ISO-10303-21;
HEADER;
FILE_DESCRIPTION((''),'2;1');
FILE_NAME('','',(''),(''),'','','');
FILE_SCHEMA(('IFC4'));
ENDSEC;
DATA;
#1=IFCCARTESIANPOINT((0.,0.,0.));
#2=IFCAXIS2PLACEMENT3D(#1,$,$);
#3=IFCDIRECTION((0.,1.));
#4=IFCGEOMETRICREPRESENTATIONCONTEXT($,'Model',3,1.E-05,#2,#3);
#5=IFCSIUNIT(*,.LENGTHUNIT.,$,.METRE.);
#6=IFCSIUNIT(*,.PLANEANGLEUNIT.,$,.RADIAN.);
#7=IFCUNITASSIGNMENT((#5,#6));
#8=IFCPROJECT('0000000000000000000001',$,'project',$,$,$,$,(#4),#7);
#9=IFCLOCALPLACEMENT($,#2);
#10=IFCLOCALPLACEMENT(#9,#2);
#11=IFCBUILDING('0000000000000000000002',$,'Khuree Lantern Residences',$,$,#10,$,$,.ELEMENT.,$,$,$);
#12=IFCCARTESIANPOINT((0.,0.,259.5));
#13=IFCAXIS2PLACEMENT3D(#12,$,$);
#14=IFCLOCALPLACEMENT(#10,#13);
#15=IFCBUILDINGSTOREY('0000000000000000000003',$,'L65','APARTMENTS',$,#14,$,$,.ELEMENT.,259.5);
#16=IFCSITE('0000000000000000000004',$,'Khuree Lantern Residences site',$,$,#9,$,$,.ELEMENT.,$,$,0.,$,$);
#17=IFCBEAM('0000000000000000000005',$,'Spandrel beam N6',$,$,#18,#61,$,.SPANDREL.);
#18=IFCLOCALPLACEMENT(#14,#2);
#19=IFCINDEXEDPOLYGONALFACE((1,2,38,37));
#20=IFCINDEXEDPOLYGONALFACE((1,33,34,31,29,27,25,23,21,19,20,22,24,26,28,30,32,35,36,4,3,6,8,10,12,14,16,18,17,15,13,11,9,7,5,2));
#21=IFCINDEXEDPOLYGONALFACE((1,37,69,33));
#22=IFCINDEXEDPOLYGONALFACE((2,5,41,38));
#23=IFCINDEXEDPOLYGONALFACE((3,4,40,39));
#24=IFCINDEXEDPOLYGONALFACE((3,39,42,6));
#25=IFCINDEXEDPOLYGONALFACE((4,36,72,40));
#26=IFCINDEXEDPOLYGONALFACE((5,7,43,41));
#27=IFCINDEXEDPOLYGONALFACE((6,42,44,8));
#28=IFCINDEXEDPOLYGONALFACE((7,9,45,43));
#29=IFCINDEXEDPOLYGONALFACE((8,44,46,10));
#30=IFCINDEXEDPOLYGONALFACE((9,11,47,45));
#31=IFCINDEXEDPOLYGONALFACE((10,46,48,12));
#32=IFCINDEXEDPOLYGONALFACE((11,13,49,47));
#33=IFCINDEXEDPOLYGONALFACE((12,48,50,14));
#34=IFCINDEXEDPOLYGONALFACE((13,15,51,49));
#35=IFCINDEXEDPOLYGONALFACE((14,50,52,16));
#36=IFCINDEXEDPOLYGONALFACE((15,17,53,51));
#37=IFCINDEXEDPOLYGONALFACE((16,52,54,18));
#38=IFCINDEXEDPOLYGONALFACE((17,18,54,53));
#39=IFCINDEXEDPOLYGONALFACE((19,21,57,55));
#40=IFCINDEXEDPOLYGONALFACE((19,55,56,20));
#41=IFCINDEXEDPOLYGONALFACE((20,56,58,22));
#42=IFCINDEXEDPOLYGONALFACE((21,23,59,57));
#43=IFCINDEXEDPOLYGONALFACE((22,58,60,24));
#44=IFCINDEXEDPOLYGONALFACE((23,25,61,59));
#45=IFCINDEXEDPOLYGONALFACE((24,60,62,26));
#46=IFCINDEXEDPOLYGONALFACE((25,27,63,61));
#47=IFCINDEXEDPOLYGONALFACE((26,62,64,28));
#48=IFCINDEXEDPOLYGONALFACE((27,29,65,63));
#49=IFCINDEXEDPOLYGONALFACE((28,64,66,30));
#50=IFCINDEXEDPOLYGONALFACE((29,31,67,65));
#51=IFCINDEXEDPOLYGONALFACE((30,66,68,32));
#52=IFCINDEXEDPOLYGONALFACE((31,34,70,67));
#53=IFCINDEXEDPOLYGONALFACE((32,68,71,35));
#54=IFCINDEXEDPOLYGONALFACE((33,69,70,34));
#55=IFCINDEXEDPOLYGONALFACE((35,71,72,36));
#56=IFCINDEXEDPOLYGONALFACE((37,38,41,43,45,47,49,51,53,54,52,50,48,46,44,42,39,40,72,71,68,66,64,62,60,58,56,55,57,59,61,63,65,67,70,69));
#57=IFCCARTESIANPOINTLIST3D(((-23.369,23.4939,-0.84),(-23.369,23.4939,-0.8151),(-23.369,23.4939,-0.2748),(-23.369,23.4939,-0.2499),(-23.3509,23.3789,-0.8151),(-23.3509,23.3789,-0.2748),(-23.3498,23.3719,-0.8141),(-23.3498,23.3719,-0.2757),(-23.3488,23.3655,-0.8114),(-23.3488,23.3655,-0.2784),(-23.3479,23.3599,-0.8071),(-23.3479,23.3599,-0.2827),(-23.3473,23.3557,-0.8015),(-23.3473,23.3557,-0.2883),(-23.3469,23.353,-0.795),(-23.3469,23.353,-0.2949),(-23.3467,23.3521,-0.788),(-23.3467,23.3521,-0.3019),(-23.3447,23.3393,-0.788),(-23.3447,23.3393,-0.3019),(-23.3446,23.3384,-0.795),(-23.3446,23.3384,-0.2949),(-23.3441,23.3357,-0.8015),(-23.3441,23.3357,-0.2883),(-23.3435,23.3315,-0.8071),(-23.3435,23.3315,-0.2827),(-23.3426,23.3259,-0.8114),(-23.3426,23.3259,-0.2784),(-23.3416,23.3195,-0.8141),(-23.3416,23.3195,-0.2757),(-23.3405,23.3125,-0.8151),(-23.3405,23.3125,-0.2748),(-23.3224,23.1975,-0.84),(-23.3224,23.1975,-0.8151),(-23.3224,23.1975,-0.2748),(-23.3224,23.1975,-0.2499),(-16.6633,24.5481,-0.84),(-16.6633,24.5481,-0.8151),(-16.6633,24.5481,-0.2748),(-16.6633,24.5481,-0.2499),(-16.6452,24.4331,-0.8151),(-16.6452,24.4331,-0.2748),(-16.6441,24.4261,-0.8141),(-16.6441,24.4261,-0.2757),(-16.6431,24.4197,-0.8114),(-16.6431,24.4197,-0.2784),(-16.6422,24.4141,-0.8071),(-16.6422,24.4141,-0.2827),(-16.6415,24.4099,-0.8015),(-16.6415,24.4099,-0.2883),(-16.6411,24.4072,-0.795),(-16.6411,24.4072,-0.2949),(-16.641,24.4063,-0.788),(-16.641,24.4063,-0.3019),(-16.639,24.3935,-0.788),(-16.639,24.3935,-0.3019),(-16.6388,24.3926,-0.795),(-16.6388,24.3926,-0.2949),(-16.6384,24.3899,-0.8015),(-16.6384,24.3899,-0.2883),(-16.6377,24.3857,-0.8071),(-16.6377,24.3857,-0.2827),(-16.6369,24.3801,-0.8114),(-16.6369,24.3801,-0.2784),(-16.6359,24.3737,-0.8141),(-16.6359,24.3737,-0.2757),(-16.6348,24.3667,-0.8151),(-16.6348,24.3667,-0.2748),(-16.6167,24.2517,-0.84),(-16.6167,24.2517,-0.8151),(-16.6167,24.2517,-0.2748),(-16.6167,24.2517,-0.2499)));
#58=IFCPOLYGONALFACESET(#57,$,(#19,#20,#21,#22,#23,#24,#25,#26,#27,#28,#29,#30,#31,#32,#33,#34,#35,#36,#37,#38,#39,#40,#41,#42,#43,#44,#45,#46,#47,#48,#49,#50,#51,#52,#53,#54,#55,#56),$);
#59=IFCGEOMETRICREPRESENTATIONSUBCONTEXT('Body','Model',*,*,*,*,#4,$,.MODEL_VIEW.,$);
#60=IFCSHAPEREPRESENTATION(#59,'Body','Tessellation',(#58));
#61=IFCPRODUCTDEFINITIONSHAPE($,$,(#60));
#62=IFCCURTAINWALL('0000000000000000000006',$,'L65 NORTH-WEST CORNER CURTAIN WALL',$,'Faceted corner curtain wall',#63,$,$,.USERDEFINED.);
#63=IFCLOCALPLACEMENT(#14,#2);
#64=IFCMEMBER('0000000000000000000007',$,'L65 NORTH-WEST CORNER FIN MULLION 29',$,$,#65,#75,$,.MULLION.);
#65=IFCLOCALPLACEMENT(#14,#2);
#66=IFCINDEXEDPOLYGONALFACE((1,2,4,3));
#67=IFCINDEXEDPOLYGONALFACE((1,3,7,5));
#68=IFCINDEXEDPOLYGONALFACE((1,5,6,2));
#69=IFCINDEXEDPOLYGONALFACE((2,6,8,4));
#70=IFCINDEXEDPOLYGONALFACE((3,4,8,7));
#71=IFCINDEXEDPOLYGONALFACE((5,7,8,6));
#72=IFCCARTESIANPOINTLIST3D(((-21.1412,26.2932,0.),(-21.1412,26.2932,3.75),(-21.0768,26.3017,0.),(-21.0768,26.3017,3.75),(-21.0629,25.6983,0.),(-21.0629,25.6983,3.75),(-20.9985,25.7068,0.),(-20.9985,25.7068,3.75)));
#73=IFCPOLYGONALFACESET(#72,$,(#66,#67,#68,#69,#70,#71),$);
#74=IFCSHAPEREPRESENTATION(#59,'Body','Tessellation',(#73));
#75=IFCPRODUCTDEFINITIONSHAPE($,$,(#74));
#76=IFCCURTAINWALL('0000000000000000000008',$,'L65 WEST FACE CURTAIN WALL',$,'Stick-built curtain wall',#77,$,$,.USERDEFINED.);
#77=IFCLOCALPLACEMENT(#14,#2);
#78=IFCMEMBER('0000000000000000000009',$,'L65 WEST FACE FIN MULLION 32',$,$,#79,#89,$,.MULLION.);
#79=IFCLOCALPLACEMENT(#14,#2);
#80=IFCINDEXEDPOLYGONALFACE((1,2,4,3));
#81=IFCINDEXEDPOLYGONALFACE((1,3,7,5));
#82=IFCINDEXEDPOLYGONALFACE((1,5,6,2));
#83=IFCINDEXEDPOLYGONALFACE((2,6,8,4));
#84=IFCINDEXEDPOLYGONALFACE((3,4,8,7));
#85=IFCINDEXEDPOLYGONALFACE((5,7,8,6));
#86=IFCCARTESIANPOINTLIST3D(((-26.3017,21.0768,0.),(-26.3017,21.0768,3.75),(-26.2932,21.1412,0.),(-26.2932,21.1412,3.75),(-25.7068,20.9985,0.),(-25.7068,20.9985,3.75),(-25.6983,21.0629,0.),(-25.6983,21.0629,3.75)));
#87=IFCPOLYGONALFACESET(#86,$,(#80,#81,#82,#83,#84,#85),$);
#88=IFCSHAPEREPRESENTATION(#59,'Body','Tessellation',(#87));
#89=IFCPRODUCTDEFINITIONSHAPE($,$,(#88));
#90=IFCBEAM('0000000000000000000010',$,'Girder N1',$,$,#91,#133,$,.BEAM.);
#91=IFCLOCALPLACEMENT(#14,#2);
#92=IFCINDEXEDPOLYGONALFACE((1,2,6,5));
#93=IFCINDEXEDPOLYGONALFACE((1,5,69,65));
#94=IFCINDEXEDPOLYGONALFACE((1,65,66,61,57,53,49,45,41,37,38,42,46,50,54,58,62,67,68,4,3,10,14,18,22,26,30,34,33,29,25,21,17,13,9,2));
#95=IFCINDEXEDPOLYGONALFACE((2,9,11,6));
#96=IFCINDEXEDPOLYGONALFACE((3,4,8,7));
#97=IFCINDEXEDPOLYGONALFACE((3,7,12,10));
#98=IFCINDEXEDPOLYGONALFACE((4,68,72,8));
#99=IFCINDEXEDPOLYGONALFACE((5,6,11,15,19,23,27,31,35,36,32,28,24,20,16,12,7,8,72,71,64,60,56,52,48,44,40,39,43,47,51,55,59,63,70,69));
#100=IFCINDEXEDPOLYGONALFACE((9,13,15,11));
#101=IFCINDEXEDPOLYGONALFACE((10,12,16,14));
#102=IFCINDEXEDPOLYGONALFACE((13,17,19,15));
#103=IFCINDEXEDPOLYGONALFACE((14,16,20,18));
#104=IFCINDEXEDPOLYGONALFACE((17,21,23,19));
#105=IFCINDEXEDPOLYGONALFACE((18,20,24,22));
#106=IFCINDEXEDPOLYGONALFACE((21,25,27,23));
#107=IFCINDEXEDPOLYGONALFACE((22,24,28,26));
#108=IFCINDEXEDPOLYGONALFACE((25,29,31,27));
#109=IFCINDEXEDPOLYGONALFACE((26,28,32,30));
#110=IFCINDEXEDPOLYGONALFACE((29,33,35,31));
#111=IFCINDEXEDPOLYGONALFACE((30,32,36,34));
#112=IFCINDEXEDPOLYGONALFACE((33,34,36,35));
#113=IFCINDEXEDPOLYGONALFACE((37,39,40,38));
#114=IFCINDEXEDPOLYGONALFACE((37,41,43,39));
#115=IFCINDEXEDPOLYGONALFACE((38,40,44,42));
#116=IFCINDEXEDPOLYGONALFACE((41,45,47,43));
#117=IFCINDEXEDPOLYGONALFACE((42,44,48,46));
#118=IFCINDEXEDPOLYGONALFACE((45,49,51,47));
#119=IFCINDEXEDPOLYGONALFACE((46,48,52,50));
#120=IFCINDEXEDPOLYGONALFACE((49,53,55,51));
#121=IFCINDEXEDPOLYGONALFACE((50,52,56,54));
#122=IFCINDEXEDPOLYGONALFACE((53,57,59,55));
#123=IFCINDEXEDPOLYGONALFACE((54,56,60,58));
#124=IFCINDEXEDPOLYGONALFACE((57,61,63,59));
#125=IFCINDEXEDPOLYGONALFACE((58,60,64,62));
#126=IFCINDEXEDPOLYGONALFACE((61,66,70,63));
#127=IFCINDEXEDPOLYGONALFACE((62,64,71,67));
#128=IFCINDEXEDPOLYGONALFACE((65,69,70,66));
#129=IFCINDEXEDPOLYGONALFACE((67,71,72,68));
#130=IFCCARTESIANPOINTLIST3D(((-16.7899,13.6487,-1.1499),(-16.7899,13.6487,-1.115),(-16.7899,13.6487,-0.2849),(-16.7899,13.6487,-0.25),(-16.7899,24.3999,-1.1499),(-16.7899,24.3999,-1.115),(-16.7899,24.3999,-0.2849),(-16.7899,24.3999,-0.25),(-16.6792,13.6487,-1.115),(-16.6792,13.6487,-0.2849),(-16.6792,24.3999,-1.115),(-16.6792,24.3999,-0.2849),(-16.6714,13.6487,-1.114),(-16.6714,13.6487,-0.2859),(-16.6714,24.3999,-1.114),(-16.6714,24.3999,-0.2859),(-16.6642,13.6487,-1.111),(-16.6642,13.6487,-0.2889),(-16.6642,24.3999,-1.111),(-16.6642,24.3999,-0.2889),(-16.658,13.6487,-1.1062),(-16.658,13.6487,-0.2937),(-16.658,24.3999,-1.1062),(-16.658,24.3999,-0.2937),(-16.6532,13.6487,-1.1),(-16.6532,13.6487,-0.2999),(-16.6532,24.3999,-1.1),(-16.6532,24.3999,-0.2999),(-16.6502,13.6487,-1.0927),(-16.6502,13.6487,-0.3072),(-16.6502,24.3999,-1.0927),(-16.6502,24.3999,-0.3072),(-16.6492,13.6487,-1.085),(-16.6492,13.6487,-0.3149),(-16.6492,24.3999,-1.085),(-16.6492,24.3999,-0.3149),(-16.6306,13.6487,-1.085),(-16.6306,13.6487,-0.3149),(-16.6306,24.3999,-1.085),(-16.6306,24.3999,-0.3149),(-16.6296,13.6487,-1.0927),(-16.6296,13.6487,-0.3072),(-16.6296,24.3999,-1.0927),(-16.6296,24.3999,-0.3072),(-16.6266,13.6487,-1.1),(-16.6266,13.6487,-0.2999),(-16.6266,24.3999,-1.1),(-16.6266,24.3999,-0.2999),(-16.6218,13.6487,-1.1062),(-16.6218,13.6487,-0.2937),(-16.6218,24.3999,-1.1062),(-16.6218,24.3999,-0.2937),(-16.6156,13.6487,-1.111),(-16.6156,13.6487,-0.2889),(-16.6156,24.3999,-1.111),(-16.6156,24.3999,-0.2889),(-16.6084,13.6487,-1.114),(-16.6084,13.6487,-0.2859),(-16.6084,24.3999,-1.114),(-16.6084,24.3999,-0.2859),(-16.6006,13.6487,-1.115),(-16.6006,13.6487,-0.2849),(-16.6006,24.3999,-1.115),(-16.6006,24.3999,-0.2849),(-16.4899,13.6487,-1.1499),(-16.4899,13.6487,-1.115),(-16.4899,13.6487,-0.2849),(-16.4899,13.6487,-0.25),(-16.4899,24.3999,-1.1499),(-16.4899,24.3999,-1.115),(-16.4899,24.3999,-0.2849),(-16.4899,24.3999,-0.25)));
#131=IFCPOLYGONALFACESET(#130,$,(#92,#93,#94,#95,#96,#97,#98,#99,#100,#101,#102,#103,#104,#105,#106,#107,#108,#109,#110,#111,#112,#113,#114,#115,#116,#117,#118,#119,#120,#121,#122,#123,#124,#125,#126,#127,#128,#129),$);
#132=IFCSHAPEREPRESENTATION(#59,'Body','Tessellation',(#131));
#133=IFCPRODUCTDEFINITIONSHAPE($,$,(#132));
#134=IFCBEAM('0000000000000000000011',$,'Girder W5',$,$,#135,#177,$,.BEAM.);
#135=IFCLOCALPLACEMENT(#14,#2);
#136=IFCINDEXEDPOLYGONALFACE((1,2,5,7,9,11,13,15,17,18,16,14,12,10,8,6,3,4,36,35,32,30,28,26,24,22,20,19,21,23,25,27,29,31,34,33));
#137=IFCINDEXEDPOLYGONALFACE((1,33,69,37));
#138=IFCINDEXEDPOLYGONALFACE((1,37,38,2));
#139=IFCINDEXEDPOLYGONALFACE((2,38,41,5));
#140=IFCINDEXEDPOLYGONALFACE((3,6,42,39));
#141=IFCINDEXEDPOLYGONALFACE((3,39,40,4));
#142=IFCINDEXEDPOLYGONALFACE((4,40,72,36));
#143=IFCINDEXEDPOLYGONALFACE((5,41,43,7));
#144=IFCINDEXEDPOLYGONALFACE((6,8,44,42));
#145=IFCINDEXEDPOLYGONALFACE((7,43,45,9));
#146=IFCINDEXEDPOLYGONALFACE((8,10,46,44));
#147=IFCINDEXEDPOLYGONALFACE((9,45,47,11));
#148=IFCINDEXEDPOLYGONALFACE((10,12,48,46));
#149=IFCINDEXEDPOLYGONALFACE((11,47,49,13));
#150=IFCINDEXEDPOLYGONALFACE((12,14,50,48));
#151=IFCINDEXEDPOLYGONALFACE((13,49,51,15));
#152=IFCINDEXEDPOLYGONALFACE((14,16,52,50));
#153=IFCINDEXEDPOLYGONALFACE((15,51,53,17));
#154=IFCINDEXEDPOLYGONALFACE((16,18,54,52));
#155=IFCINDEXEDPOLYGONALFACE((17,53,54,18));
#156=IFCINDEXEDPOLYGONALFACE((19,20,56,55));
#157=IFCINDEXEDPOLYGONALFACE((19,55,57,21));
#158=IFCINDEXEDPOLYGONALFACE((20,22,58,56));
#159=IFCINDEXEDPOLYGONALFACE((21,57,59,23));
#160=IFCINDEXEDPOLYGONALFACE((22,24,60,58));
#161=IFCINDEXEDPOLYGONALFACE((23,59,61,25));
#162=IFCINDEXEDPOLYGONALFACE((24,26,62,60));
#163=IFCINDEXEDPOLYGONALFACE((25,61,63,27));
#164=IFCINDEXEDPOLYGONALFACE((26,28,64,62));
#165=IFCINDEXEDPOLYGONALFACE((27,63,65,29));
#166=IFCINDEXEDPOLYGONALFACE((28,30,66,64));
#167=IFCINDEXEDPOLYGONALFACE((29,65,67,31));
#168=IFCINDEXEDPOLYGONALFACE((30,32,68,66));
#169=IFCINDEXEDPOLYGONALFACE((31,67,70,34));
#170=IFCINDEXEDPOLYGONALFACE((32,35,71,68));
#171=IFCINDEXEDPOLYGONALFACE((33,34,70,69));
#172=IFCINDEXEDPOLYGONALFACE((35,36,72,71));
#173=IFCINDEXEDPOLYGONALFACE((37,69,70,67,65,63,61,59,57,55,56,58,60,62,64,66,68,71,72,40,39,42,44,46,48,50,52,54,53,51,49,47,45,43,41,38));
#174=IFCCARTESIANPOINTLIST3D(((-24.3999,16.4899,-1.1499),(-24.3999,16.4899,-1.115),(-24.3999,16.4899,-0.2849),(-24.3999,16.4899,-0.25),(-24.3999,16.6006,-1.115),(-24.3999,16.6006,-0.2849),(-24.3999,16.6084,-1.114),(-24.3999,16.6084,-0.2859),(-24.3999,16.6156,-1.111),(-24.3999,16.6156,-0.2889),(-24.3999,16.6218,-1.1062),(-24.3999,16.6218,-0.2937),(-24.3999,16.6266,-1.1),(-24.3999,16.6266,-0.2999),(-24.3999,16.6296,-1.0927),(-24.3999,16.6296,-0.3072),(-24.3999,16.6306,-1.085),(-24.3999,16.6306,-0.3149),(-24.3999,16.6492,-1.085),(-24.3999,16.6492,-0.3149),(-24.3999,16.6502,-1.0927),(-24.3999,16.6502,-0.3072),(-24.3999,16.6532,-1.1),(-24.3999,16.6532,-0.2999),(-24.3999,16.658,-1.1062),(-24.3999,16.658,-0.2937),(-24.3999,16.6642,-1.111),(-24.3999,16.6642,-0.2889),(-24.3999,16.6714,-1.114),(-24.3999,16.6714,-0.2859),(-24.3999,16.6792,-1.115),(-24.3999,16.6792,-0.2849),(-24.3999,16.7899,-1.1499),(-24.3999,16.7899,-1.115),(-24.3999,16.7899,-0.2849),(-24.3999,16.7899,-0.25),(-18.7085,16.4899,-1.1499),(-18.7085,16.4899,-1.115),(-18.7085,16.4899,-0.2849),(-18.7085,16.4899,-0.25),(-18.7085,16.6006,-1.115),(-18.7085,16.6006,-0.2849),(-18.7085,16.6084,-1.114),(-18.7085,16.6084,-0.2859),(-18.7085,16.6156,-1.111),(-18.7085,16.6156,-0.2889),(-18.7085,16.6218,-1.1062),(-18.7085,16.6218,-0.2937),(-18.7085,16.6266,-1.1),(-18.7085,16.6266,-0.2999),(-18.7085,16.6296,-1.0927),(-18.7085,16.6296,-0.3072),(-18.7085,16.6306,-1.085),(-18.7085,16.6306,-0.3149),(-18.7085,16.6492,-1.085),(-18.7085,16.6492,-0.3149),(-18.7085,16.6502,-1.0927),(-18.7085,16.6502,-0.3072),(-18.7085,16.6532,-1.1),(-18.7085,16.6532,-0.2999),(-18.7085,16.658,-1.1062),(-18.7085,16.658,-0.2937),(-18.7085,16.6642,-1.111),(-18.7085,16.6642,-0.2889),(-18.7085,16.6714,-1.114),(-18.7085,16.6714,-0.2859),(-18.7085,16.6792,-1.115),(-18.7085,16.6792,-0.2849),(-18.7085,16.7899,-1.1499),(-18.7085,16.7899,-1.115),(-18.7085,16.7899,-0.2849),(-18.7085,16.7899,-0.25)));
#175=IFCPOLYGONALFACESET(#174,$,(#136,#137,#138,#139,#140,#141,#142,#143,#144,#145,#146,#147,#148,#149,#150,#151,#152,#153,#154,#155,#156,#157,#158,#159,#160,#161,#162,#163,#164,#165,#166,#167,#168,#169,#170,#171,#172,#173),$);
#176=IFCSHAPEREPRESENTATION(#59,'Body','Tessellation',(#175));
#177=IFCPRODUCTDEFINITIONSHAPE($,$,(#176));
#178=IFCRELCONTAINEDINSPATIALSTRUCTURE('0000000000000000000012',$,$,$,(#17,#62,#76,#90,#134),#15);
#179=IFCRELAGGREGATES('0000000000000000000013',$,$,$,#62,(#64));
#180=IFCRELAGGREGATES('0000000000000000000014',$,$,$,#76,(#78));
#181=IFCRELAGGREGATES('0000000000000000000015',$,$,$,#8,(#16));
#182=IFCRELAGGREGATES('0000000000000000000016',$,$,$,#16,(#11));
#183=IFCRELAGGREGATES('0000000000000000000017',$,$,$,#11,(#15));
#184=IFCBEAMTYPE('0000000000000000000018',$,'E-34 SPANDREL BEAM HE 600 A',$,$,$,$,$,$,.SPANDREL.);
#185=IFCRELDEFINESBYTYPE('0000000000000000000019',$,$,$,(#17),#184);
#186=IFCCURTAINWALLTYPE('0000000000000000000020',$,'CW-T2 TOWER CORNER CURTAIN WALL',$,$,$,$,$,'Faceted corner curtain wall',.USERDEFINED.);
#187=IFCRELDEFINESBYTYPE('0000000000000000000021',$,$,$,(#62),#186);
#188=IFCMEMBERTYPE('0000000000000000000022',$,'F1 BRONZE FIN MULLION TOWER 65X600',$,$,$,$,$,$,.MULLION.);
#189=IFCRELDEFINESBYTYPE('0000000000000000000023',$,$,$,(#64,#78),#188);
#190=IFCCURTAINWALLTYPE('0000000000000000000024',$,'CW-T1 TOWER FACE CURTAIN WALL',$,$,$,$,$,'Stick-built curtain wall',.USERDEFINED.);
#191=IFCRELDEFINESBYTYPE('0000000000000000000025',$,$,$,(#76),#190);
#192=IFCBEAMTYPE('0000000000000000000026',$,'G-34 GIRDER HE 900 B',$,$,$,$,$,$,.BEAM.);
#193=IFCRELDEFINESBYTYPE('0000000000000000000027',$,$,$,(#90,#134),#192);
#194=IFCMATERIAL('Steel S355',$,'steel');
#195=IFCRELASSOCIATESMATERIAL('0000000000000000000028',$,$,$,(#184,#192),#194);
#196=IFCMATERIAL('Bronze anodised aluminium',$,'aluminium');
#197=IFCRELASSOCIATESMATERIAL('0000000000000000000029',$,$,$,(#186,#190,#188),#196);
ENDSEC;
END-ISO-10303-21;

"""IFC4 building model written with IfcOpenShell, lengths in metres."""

from ifc_helpers import new_model, si_unit, direction, frame, origin, origin_2d, place, context, subcontext, project, spatial, rectangle, i_section, extrude, material, material_profile, profile_set, type_object, element, aggregate, save


model = new_model("IFC4")

# Units and contexts
model_context = context("Model", 3, precision=1e-05, world=origin(), true_north=direction((0.0, 1.0)))
body_context = subcontext(model_context, "Body", "Model", "MODEL_VIEW")
ifc_project = project(units=[si_unit("LENGTHUNIT", "METRE"), si_unit("PLANEANGLEUNIT", "RADIAN")], contexts=[model_context])

# Site, building, storey
site_placement = place(None, origin())
site = spatial("IfcSite", under=ifc_project, at=site_placement, Name="Khuree Lantern Residences site", CompositionType="ELEMENT", RefElevation=0.0)
building_placement = place(site_placement, origin())
building = spatial("IfcBuilding", under=site, at=building_placement, Name="Khuree Lantern Residences", CompositionType="ELEMENT")
storey_placement = place(building_placement, frame((0.0, 0.0, 259.5)))
storey = spatial("IfcBuildingStorey", under=building, at=storey_placement, Name="L65", Description="APARTMENTS", CompositionType="ELEMENT", Elevation=259.5)

# Beam
ifc_material_1 = material(Name="Steel S355", Category="steel")
ifc_material_profile_1 = material_profile(ifc_material_1, i_section(OverallWidth=0.3, OverallDepth=0.5901, WebThickness=0.0129, FlangeThickness=0.0249, FilletRadius=0.0271, at=origin_2d()), Name="HE 600 A")
ifc_profile_set_1 = profile_set([ifc_material_profile_1], Name="Steel S355")
beam_type_1 = type_object("IfcBeamType", Name="E-34 SPANDREL BEAM HE 600 A", PredefinedType="SPANDREL", material=ifc_profile_set_1)
for number, where, z_axis, x_axis, name in (
    (1, (-23.3457, 23.3457, -0.5449), (0.987867, 0.1553, 0.0), (-0.1553, 0.987867, 0.0), "Spandrel beam N6"),
):
    element("IfcBeam", number, at=place(storey_placement, frame(where, z_axis=z_axis, x_axis=x_axis)), inside=storey, type_object=beam_type_1, Name=name, PredefinedType="SPANDREL", context=body_context, shape_type="SweptSolid", body=[
        extrude(i_section(OverallWidth=0.3, OverallDepth=0.5901, WebThickness=0.0129, FlangeThickness=0.0249, FilletRadius=0.0271, at=origin_2d()), origin(), (0.0, 0.0, 1.0), 6.7881),
    ])

# Curtain walls, members
ifc_material_2 = material(Name="Bronze anodised aluminium", Category="aluminium")
curtain_wall_type_1 = type_object("IfcCurtainWallType", Name="CW-T2 TOWER CORNER CURTAIN WALL", ElementType="Faceted corner curtain wall", PredefinedType="USERDEFINED", material=ifc_material_2)
curtain_wall_1_placement = place(storey_placement, origin())
curtain_wall_1 = element("IfcCurtainWall", 2, at=curtain_wall_1_placement, inside=storey, type_object=curtain_wall_type_1, Name="L65 NORTH-WEST CORNER CURTAIN WALL", ObjectType="Faceted corner curtain wall", PredefinedType="USERDEFINED")
ifc_material_profile_2 = material_profile(ifc_material_2, rectangle(XDim=0.0649, YDim=0.6001, at=origin_2d()), Name="F1 65X600")
ifc_profile_set_2 = profile_set([ifc_material_profile_2], Name="Bronze anodised aluminium")
member_type_1 = type_object("IfcMemberType", Name="F1 BRONZE FIN MULLION TOWER 65X600", PredefinedType="MULLION", material=ifc_profile_set_2)
member_1_placement = place(storey_placement, frame((-21.0698, 26.0, 0.0), z_axis=(0.0, 0.0, 1.0), x_axis=(-0.991445, -0.130526, 0.0)))
member_1 = element("IfcMember", 3, at=member_1_placement, type_object=member_type_1, Name="L65 NORTH-WEST CORNER FIN MULLION 29", PredefinedType="MULLION", context=body_context, shape_type="SweptSolid", body=[
    extrude(rectangle(XDim=0.0649, YDim=0.6001, at=origin_2d()), origin(), (0.0, 0.0, 1.0), 3.75),
])
curtain_wall_type_2 = type_object("IfcCurtainWallType", Name="CW-T1 TOWER FACE CURTAIN WALL", ElementType="Stick-built curtain wall", PredefinedType="USERDEFINED", material=ifc_material_2)
curtain_wall_2_placement = place(storey_placement, origin())
curtain_wall_2 = element("IfcCurtainWall", 4, at=curtain_wall_2_placement, inside=storey, type_object=curtain_wall_type_2, Name="L65 WEST FACE CURTAIN WALL", ObjectType="Stick-built curtain wall", PredefinedType="USERDEFINED")
member_2_placement = place(storey_placement, frame((-26.0, 21.0698, 0.0), z_axis=(0.0, 0.0, 1.0), x_axis=(-0.130526, -0.991445, 0.0)))
member_2 = element("IfcMember", 5, at=member_2_placement, type_object=member_type_1, Name="L65 WEST FACE FIN MULLION 32", PredefinedType="MULLION", context=body_context, shape_type="SweptSolid", body=[
    extrude(rectangle(XDim=0.0649, YDim=0.6001, at=origin_2d()), origin(), (0.0, 0.0, 1.0), 3.75),
])

# Beams
ifc_material_profile_3 = material_profile(ifc_material_1, i_section(OverallWidth=0.3, OverallDepth=0.8999, WebThickness=0.0186, FlangeThickness=0.0349, FilletRadius=0.03, at=origin_2d()), Name="HE 900 B")
ifc_profile_set_3 = profile_set([ifc_material_profile_3], Name="Steel S355")
beam_type_2 = type_object("IfcBeamType", Name="G-34 GIRDER HE 900 B", PredefinedType="BEAM", material=ifc_profile_set_3)
beam_1_placement = place(storey_placement, frame((-16.6399, 24.3999, -0.7), z_axis=(0.0, -1.0, 0.0), x_axis=(1.0, 0.0, 0.0)))
element("IfcBeam", 6, at=beam_1_placement, inside=storey, type_object=beam_type_2, Name="Girder N1", PredefinedType="BEAM", context=body_context, shape_type="SweptSolid", body=[
    extrude(i_section(OverallWidth=0.3, OverallDepth=0.8999, WebThickness=0.0186, FlangeThickness=0.0349, FilletRadius=0.03, at=origin_2d()), origin(), (0.0, 0.0, 1.0), 10.7512),
])
beam_2_placement = place(storey_placement, frame((-24.3999, 16.6399, -0.7), z_axis=(1.0, 0.0, 0.0), x_axis=(0.0, 1.0, 0.0)))
element("IfcBeam", 7, at=beam_2_placement, inside=storey, type_object=beam_type_2, Name="Girder W5", PredefinedType="BEAM", context=body_context, shape_type="SweptSolid", body=[
    extrude(i_section(OverallWidth=0.3, OverallDepth=0.8999, WebThickness=0.0186, FlangeThickness=0.0349, FilletRadius=0.03, at=origin_2d()), origin(), (0.0, 0.0, 1.0), 5.6914),
])

aggregate(curtain_wall_1, [member_1])
aggregate(curtain_wall_2, [member_2])

save(model, "model.ifc")
